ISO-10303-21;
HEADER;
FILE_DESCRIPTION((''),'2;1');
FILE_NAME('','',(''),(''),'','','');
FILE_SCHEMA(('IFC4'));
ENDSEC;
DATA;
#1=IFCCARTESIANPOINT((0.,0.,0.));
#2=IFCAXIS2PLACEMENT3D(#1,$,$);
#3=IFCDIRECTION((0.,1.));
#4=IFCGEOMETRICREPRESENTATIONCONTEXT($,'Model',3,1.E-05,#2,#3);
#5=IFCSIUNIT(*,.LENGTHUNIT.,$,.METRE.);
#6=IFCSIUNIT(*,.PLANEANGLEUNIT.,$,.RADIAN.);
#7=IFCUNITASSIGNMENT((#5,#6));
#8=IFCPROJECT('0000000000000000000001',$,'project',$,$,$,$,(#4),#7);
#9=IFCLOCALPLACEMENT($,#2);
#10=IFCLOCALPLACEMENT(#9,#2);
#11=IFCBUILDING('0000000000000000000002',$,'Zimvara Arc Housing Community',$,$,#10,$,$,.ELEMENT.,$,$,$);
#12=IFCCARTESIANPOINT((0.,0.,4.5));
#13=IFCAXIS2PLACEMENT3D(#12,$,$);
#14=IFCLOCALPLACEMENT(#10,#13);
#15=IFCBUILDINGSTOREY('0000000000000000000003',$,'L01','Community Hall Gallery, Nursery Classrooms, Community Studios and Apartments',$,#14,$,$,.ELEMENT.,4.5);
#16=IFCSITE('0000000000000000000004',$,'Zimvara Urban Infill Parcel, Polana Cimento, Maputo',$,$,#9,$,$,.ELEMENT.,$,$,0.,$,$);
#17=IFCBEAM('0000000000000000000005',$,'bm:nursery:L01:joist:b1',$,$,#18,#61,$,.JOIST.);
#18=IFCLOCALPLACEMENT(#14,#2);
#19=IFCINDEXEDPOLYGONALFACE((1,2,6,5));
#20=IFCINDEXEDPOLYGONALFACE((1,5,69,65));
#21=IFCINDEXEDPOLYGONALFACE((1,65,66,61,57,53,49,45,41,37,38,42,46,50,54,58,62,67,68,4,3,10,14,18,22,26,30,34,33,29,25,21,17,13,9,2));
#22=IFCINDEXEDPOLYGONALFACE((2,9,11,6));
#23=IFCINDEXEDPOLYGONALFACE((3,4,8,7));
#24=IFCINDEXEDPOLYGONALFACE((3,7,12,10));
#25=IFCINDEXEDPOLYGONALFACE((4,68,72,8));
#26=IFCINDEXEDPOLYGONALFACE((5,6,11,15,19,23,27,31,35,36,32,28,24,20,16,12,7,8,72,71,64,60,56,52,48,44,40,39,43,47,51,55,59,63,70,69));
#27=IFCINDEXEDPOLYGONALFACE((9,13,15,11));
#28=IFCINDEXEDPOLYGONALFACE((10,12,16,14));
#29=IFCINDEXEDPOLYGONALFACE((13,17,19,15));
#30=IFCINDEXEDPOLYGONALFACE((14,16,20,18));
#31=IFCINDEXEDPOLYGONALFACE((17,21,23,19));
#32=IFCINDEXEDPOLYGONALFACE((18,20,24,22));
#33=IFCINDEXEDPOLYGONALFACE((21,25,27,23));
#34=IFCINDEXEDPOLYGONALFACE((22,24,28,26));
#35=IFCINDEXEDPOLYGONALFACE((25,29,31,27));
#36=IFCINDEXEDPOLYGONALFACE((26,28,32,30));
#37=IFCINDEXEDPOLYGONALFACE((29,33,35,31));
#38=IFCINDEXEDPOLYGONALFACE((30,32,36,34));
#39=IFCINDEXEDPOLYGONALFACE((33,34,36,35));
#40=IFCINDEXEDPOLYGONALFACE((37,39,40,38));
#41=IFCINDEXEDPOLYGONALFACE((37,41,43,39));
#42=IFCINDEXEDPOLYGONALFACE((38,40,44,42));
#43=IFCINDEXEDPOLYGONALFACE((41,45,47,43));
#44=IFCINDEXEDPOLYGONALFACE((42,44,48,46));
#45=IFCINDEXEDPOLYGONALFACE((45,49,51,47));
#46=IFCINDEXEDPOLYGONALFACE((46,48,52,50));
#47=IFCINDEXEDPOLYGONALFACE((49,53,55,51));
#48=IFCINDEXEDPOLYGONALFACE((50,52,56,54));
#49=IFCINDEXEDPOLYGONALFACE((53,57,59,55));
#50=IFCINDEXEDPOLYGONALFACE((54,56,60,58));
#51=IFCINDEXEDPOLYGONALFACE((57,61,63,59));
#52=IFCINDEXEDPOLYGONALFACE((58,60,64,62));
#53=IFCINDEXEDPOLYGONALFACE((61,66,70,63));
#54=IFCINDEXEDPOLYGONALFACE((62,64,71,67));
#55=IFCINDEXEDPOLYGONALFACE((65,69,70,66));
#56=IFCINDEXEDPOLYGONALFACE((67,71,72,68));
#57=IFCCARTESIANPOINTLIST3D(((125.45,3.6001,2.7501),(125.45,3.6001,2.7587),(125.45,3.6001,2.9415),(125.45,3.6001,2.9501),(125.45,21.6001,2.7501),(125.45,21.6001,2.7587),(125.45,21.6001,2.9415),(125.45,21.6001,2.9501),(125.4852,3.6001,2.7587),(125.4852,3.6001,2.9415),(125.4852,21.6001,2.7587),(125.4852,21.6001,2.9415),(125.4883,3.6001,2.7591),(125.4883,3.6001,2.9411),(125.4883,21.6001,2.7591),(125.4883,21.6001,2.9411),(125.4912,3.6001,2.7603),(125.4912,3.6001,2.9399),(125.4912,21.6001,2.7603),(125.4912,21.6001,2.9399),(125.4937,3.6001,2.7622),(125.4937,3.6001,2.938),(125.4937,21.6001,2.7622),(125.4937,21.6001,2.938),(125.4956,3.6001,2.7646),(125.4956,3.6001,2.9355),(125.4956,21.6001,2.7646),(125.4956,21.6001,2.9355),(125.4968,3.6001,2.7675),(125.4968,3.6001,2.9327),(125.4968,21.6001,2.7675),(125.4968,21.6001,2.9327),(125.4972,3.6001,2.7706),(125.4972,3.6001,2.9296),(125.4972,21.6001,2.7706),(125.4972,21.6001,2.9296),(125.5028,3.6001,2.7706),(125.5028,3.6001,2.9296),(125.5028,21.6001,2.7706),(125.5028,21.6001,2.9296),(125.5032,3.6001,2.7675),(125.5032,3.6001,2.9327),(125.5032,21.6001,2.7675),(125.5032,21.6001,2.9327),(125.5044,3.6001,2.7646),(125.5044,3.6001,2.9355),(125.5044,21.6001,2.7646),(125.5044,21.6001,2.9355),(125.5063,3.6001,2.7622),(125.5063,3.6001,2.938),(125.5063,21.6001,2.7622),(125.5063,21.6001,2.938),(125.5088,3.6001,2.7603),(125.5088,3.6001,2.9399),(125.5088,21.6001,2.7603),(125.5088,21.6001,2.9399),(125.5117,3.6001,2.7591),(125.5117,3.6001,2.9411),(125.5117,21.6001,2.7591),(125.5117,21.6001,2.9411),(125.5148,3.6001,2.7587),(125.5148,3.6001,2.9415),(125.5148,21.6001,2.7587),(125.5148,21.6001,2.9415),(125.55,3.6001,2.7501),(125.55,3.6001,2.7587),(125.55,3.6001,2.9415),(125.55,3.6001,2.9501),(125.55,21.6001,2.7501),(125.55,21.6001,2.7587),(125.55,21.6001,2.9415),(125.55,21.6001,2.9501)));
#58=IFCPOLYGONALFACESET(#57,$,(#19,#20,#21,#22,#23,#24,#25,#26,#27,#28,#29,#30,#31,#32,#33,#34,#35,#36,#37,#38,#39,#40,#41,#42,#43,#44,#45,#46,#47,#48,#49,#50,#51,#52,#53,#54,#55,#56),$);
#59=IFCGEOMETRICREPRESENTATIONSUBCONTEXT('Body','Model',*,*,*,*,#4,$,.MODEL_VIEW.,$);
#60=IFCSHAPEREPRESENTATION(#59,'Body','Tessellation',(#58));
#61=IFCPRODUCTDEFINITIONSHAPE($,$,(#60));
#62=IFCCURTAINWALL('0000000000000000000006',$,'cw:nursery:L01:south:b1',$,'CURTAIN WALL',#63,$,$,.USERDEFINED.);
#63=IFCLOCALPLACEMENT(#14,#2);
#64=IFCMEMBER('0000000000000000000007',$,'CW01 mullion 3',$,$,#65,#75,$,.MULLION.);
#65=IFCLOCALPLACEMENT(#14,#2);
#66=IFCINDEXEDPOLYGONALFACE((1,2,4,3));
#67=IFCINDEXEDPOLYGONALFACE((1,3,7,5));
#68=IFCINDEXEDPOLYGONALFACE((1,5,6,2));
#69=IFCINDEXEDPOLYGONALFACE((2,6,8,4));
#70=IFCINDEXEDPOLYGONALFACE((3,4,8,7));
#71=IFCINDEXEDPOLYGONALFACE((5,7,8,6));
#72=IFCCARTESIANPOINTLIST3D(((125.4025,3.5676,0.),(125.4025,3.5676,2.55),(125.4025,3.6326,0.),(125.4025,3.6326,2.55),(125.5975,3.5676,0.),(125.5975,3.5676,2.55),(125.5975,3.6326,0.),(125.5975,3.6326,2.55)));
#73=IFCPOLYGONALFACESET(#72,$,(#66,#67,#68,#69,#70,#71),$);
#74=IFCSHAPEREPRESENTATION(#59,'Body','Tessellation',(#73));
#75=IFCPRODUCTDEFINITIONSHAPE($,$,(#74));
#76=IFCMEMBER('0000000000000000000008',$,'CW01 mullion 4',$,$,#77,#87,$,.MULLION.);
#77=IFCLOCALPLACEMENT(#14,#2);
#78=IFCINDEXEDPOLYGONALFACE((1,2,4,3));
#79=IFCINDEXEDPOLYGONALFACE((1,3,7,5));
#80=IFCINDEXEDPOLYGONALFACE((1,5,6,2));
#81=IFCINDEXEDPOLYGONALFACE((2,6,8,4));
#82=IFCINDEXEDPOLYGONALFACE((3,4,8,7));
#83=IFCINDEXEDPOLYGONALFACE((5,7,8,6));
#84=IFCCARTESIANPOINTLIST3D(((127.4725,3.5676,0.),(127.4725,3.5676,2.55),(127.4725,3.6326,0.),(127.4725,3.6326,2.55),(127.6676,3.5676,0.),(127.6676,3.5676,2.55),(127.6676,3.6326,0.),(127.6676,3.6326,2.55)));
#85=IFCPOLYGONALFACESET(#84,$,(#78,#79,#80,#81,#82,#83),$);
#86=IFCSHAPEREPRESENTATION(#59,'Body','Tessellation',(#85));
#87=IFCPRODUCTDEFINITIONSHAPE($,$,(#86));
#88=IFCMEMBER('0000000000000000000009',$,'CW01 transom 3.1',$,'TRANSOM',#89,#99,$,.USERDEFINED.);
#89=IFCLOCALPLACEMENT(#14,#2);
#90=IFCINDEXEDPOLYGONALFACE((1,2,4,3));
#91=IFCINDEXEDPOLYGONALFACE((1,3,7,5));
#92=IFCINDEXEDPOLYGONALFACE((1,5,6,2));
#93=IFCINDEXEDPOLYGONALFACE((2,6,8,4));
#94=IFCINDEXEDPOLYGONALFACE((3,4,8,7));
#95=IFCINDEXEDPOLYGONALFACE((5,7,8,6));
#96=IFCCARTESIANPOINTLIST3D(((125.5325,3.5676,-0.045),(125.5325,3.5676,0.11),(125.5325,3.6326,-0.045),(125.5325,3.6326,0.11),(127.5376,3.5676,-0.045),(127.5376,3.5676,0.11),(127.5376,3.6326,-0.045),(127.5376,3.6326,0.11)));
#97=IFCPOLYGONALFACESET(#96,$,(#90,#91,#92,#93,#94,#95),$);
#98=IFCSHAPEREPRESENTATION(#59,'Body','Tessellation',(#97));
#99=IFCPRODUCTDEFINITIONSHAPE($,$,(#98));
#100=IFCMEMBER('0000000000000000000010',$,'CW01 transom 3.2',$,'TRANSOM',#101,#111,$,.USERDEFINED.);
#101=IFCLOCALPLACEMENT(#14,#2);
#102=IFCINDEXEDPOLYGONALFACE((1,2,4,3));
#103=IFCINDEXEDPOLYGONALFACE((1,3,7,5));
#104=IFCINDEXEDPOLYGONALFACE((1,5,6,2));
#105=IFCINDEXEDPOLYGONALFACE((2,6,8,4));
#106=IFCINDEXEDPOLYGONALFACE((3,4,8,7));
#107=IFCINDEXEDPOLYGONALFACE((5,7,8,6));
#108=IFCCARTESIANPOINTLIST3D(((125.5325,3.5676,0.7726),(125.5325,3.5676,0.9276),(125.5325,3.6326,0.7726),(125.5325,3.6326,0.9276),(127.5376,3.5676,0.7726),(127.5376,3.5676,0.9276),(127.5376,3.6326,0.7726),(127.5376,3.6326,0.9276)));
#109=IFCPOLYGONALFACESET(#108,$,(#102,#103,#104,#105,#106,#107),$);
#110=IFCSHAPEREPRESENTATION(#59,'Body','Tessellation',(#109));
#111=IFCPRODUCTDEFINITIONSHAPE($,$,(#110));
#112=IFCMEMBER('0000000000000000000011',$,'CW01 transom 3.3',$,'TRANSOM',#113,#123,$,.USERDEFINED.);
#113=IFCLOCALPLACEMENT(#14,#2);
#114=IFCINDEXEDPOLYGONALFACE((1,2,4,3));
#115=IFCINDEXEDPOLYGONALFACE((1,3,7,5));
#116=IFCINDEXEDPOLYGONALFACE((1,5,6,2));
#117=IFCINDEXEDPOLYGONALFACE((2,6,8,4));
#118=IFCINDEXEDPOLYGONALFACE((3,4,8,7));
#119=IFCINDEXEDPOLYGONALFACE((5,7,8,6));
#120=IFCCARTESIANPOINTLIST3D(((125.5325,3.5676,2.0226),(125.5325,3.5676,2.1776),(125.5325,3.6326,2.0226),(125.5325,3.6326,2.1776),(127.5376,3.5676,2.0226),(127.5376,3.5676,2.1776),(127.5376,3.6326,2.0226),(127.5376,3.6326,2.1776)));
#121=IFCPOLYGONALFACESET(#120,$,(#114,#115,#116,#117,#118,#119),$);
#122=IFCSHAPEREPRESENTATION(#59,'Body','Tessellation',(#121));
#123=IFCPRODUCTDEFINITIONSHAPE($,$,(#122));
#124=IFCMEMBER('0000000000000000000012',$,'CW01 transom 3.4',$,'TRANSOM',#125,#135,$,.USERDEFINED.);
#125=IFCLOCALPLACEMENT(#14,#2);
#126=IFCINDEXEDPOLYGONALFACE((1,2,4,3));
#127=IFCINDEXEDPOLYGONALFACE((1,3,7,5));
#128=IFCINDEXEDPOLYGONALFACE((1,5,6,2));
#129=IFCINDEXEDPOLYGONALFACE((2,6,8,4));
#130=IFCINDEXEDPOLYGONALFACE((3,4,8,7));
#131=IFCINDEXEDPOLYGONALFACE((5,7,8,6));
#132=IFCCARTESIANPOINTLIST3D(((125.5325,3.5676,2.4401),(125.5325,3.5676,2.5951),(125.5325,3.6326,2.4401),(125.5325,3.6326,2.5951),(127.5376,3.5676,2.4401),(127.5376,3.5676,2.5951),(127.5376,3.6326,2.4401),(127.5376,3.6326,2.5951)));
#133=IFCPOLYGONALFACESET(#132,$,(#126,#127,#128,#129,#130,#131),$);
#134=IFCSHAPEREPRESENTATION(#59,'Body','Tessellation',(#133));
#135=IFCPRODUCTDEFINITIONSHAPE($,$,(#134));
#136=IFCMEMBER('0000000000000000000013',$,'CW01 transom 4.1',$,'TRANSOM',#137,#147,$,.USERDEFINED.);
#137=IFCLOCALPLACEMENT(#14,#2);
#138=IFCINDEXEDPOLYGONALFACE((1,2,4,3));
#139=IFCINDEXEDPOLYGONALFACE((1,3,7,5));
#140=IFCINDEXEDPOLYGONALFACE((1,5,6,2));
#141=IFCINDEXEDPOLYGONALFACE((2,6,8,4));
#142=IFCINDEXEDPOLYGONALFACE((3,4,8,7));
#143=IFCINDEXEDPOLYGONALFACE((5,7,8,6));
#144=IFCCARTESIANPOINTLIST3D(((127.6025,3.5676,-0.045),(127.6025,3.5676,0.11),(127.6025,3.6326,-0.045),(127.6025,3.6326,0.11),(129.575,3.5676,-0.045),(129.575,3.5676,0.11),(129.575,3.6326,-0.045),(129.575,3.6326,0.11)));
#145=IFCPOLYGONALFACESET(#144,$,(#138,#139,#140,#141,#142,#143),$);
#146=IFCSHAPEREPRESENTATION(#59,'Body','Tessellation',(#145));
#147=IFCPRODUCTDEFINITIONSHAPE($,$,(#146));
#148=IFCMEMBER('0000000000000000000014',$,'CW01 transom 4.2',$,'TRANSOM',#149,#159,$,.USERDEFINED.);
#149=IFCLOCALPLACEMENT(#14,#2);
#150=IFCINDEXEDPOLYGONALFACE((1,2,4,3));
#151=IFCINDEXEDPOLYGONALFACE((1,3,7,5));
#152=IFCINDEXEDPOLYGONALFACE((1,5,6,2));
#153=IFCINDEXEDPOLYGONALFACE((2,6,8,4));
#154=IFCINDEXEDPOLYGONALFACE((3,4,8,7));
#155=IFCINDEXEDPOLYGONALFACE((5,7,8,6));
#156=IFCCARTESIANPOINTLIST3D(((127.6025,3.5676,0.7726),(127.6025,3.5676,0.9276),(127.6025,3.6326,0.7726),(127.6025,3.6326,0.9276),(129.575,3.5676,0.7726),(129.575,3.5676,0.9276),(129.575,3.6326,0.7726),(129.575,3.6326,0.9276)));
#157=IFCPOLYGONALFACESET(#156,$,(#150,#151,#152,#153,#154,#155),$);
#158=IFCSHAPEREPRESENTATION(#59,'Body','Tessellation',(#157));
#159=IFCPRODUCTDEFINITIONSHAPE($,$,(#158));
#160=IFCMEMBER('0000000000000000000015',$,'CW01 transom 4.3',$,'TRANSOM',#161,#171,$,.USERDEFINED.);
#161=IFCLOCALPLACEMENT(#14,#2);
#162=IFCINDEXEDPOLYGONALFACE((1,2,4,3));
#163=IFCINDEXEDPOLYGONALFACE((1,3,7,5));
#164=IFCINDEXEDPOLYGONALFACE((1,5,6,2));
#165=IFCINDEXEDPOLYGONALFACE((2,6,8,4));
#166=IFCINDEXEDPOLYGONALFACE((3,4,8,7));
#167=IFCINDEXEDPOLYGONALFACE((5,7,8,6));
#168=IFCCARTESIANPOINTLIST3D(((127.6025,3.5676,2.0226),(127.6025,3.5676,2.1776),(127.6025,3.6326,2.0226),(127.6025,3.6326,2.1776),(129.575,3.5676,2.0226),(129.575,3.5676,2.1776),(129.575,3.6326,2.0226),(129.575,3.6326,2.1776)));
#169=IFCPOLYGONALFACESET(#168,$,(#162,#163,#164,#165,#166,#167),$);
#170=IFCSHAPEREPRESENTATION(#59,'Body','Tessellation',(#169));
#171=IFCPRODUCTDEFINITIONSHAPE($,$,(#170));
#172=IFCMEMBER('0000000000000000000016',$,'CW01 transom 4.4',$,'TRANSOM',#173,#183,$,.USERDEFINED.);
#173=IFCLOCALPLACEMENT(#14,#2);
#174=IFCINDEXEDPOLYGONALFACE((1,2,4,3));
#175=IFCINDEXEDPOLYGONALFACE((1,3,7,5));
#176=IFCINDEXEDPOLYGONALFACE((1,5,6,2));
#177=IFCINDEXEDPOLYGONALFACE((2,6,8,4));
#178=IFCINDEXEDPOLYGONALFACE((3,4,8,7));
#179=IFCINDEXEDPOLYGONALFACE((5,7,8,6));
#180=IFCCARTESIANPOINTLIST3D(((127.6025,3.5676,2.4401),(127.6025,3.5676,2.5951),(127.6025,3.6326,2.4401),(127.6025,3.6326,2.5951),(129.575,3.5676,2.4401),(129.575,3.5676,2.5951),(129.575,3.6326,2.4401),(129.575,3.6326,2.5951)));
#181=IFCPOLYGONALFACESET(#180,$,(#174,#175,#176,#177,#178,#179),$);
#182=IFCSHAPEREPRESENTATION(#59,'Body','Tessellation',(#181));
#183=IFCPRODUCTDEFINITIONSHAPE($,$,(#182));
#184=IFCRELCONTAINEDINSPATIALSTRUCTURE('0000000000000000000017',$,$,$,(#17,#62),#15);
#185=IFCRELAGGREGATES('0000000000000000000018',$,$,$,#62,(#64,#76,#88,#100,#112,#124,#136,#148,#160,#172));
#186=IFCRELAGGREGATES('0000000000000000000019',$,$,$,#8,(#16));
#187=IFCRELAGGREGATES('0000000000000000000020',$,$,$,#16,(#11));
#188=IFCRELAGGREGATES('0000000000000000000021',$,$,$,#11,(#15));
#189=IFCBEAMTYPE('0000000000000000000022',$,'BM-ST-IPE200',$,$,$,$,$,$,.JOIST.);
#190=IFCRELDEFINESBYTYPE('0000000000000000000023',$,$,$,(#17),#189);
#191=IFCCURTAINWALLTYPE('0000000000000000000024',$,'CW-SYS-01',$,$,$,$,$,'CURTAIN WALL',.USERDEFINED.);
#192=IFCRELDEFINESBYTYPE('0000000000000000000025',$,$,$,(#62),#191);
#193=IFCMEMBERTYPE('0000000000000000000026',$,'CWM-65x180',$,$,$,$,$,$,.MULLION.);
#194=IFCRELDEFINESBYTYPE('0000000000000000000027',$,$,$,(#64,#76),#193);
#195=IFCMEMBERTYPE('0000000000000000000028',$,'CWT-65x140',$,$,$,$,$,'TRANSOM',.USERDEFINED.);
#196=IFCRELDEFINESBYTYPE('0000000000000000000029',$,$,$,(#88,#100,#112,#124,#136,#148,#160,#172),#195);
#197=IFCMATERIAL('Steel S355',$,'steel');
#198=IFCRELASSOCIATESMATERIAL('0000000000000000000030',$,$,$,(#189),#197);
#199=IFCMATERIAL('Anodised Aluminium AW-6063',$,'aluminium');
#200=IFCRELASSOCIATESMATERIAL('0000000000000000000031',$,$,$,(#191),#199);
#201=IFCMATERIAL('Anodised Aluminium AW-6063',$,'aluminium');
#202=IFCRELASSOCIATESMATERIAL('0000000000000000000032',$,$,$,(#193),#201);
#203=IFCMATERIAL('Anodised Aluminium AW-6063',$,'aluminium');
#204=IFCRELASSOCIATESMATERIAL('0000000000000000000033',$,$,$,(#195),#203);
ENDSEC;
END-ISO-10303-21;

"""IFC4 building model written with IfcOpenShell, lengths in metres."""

from ifc_helpers import new_model, si_unit, direction, frame, origin, origin_2d, place, context, subcontext, project, spatial, rectangle, i_section, extrude, material, material_profile, profile_set, type_object, element, aggregate, save


model = new_model("IFC4")

# Units and contexts
model_context = context("Model", 3, precision=1e-05, world=origin(), true_north=direction((0.0, 1.0)))
body_context = subcontext(model_context, "Body", "Model", "MODEL_VIEW")
ifc_project = project(units=[si_unit("LENGTHUNIT", "METRE"), si_unit("PLANEANGLEUNIT", "RADIAN")], contexts=[model_context])

# Site, building, storey
site_placement = place(None, origin())
site = spatial("IfcSite", under=ifc_project, at=site_placement, Name="Zimvara Urban Infill Parcel, Polana Cimento, Maputo", CompositionType="ELEMENT", RefElevation=0.0)
building_placement = place(site_placement, origin())
building = spatial("IfcBuilding", under=site, at=building_placement, Name="Zimvara Arc Housing Community", CompositionType="ELEMENT")
storey_placement = place(building_placement, frame((0.0, 0.0, 4.5)))
storey = spatial("IfcBuildingStorey", under=building, at=storey_placement, Name="L01", Description="Community Hall Gallery, Nursery Classrooms, Community Studios and Apartments", CompositionType="ELEMENT", Elevation=4.5)

# Beam
ifc_material_1 = material(Name="Steel S355", Category="steel")
ifc_material_profile_1 = material_profile(ifc_material_1, i_section(OverallWidth=0.1001, OverallDepth=0.2, WebThickness=0.0056, FlangeThickness=0.0085, FilletRadius=0.012, at=origin_2d()), Name="IPE 200")
ifc_profile_set_1 = profile_set([ifc_material_profile_1], Name="Steel S355")
beam_type = type_object("IfcBeamType", Name="BM-ST-IPE200", PredefinedType="JOIST", material=ifc_profile_set_1)
beam_placement = place(storey_placement, frame((125.5, 3.6001, 2.8501), z_axis=(0.0, 1.0, 0.0), x_axis=(-1.0, 0.0, 0.0)))
element("IfcBeam", 1, at=beam_placement, inside=storey, type_object=beam_type, Name="bm:nursery:L01:joist:b1", PredefinedType="JOIST", context=body_context, shape_type="SweptSolid", body=[
    extrude(i_section(OverallWidth=0.1001, OverallDepth=0.2, WebThickness=0.0056, FlangeThickness=0.0085, FilletRadius=0.012, at=origin_2d()), origin(), (0.0, 0.0, 1.0), 18.0),
])

# Curtain wall, members
ifc_material_2 = material(Name="Anodised Aluminium AW-6063", Category="aluminium")
curtain_wall_type = type_object("IfcCurtainWallType", Name="CW-SYS-01", ElementType="CURTAIN WALL", PredefinedType="USERDEFINED", material=ifc_material_2)
curtain_wall_placement = place(storey_placement, origin())
curtain_wall = element("IfcCurtainWall", 2, at=curtain_wall_placement, inside=storey, type_object=curtain_wall_type, Name="cw:nursery:L01:south:b1", ObjectType="CURTAIN WALL", PredefinedType="USERDEFINED")
ifc_material_3 = material(Name="Anodised Aluminium AW-6063", Category="aluminium")
ifc_material_profile_2 = material_profile(ifc_material_3, rectangle(XDim=0.0649, YDim=0.1951, at=origin_2d()), Name="ALU 65x195")
ifc_profile_set_2 = profile_set([ifc_material_profile_2], Name="Anodised Aluminium AW-6063")
member_type_1 = type_object("IfcMemberType", Name="CWM-65x180", PredefinedType="MULLION", material=ifc_profile_set_2)
member_1_placement = place(storey_placement, frame((125.5, 3.6001, 0.0), z_axis=(0.0, 0.0, 1.0), x_axis=(0.0, 1.0, 0.0)))
member_1 = element("IfcMember", 3, at=member_1_placement, type_object=member_type_1, Name="CW01 mullion 3", PredefinedType="MULLION", context=body_context, shape_type="SweptSolid", body=[
    extrude(rectangle(XDim=0.0649, YDim=0.1951, at=origin_2d()), origin(), (0.0, 0.0, 1.0), 2.55),
])
member_2_placement = place(storey_placement, frame((127.5701, 3.6001, 0.0), z_axis=(0.0, 0.0, 1.0), x_axis=(0.0, 1.0, 0.0)))
member_2 = element("IfcMember", 4, at=member_2_placement, type_object=member_type_1, Name="CW01 mullion 4", PredefinedType="MULLION", context=body_context, shape_type="SweptSolid", body=[
    extrude(rectangle(XDim=0.0649, YDim=0.1951, at=origin_2d()), origin(), (0.0, 0.0, 1.0), 2.55),
])
ifc_material_4 = material(Name="Anodised Aluminium AW-6063", Category="aluminium")
ifc_material_profile_3 = material_profile(ifc_material_4, rectangle(XDim=0.0649, YDim=0.155, at=origin_2d()), Name="ALU 65x155")
ifc_profile_set_3 = profile_set([ifc_material_profile_3], Name="Anodised Aluminium AW-6063")
member_type_2 = type_object("IfcMemberType", Name="CWT-65x140", ElementType="TRANSOM", PredefinedType="USERDEFINED", material=ifc_profile_set_3)
member_3_placement = place(storey_placement, frame((125.5325, 3.6001, 0.0325), z_axis=(1.0, 0.0, 0.0), x_axis=(0.0, 1.0, 0.0)))
member_3 = element("IfcMember", 5, at=member_3_placement, type_object=member_type_2, Name="CW01 transom 3.1", ObjectType="TRANSOM", PredefinedType="USERDEFINED", context=body_context, shape_type="SweptSolid", body=[
    extrude(rectangle(XDim=0.0649, YDim=0.155, at=origin_2d()), origin(), (0.0, 0.0, 1.0), 2.0051),
])
member_4_placement = place(storey_placement, frame((125.5325, 3.6001, 0.8501), z_axis=(1.0, 0.0, 0.0), x_axis=(0.0, 1.0, 0.0)))
member_4 = element("IfcMember", 6, at=member_4_placement, type_object=member_type_2, Name="CW01 transom 3.2", ObjectType="TRANSOM", PredefinedType="USERDEFINED", context=body_context, shape_type="SweptSolid", body=[
    extrude(rectangle(XDim=0.0649, YDim=0.155, at=origin_2d()), origin(), (0.0, 0.0, 1.0), 2.0051),
])
member_5_placement = place(storey_placement, frame((125.5325, 3.6001, 2.1001), z_axis=(1.0, 0.0, 0.0), x_axis=(0.0, 1.0, 0.0)))
member_5 = element("IfcMember", 7, at=member_5_placement, type_object=member_type_2, Name="CW01 transom 3.3", ObjectType="TRANSOM", PredefinedType="USERDEFINED", context=body_context, shape_type="SweptSolid", body=[
    extrude(rectangle(XDim=0.0649, YDim=0.155, at=origin_2d()), origin(), (0.0, 0.0, 1.0), 2.0051),
])
member_6_placement = place(storey_placement, frame((125.5325, 3.6001, 2.5176), z_axis=(1.0, 0.0, 0.0), x_axis=(0.0, 1.0, 0.0)))
member_6 = element("IfcMember", 8, at=member_6_placement, type_object=member_type_2, Name="CW01 transom 3.4", ObjectType="TRANSOM", PredefinedType="USERDEFINED", context=body_context, shape_type="SweptSolid", body=[
    extrude(rectangle(XDim=0.0649, YDim=0.155, at=origin_2d()), origin(), (0.0, 0.0, 1.0), 2.0051),
])
member_7_placement = place(storey_placement, frame((127.6025, 3.6001, 0.0325), z_axis=(1.0, 0.0, 0.0), x_axis=(0.0, 1.0, 0.0)))
member_7 = element("IfcMember", 9, at=member_7_placement, type_object=member_type_2, Name="CW01 transom 4.1", ObjectType="TRANSOM", PredefinedType="USERDEFINED", context=body_context, shape_type="SweptSolid", body=[
    extrude(rectangle(XDim=0.0649, YDim=0.155, at=origin_2d()), origin(), (0.0, 0.0, 1.0), 1.9724),
])
member_8_placement = place(storey_placement, frame((127.6025, 3.6001, 0.8501), z_axis=(1.0, 0.0, 0.0), x_axis=(0.0, 1.0, 0.0)))
member_8 = element("IfcMember", 10, at=member_8_placement, type_object=member_type_2, Name="CW01 transom 4.2", ObjectType="TRANSOM", PredefinedType="USERDEFINED", context=body_context, shape_type="SweptSolid", body=[
    extrude(rectangle(XDim=0.0649, YDim=0.155, at=origin_2d()), origin(), (0.0, 0.0, 1.0), 1.9724),
])
member_9_placement = place(storey_placement, frame((127.6025, 3.6001, 2.1001), z_axis=(1.0, 0.0, 0.0), x_axis=(0.0, 1.0, 0.0)))
member_9 = element("IfcMember", 11, at=member_9_placement, type_object=member_type_2, Name="CW01 transom 4.3", ObjectType="TRANSOM", PredefinedType="USERDEFINED", context=body_context, shape_type="SweptSolid", body=[
    extrude(rectangle(XDim=0.0649, YDim=0.155, at=origin_2d()), origin(), (0.0, 0.0, 1.0), 1.9724),
])
member_10_placement = place(storey_placement, frame((127.6025, 3.6001, 2.5176), z_axis=(1.0, 0.0, 0.0), x_axis=(0.0, 1.0, 0.0)))
member_10 = element("IfcMember", 12, at=member_10_placement, type_object=member_type_2, Name="CW01 transom 4.4", ObjectType="TRANSOM", PredefinedType="USERDEFINED", context=body_context, shape_type="SweptSolid", body=[
    extrude(rectangle(XDim=0.0649, YDim=0.155, at=origin_2d()), origin(), (0.0, 0.0, 1.0), 1.9724),
])
aggregate(curtain_wall, [member_1, member_2, member_3, member_4, member_5, member_6, member_7, member_8, member_9, member_10])

save(model, "model.ifc")
